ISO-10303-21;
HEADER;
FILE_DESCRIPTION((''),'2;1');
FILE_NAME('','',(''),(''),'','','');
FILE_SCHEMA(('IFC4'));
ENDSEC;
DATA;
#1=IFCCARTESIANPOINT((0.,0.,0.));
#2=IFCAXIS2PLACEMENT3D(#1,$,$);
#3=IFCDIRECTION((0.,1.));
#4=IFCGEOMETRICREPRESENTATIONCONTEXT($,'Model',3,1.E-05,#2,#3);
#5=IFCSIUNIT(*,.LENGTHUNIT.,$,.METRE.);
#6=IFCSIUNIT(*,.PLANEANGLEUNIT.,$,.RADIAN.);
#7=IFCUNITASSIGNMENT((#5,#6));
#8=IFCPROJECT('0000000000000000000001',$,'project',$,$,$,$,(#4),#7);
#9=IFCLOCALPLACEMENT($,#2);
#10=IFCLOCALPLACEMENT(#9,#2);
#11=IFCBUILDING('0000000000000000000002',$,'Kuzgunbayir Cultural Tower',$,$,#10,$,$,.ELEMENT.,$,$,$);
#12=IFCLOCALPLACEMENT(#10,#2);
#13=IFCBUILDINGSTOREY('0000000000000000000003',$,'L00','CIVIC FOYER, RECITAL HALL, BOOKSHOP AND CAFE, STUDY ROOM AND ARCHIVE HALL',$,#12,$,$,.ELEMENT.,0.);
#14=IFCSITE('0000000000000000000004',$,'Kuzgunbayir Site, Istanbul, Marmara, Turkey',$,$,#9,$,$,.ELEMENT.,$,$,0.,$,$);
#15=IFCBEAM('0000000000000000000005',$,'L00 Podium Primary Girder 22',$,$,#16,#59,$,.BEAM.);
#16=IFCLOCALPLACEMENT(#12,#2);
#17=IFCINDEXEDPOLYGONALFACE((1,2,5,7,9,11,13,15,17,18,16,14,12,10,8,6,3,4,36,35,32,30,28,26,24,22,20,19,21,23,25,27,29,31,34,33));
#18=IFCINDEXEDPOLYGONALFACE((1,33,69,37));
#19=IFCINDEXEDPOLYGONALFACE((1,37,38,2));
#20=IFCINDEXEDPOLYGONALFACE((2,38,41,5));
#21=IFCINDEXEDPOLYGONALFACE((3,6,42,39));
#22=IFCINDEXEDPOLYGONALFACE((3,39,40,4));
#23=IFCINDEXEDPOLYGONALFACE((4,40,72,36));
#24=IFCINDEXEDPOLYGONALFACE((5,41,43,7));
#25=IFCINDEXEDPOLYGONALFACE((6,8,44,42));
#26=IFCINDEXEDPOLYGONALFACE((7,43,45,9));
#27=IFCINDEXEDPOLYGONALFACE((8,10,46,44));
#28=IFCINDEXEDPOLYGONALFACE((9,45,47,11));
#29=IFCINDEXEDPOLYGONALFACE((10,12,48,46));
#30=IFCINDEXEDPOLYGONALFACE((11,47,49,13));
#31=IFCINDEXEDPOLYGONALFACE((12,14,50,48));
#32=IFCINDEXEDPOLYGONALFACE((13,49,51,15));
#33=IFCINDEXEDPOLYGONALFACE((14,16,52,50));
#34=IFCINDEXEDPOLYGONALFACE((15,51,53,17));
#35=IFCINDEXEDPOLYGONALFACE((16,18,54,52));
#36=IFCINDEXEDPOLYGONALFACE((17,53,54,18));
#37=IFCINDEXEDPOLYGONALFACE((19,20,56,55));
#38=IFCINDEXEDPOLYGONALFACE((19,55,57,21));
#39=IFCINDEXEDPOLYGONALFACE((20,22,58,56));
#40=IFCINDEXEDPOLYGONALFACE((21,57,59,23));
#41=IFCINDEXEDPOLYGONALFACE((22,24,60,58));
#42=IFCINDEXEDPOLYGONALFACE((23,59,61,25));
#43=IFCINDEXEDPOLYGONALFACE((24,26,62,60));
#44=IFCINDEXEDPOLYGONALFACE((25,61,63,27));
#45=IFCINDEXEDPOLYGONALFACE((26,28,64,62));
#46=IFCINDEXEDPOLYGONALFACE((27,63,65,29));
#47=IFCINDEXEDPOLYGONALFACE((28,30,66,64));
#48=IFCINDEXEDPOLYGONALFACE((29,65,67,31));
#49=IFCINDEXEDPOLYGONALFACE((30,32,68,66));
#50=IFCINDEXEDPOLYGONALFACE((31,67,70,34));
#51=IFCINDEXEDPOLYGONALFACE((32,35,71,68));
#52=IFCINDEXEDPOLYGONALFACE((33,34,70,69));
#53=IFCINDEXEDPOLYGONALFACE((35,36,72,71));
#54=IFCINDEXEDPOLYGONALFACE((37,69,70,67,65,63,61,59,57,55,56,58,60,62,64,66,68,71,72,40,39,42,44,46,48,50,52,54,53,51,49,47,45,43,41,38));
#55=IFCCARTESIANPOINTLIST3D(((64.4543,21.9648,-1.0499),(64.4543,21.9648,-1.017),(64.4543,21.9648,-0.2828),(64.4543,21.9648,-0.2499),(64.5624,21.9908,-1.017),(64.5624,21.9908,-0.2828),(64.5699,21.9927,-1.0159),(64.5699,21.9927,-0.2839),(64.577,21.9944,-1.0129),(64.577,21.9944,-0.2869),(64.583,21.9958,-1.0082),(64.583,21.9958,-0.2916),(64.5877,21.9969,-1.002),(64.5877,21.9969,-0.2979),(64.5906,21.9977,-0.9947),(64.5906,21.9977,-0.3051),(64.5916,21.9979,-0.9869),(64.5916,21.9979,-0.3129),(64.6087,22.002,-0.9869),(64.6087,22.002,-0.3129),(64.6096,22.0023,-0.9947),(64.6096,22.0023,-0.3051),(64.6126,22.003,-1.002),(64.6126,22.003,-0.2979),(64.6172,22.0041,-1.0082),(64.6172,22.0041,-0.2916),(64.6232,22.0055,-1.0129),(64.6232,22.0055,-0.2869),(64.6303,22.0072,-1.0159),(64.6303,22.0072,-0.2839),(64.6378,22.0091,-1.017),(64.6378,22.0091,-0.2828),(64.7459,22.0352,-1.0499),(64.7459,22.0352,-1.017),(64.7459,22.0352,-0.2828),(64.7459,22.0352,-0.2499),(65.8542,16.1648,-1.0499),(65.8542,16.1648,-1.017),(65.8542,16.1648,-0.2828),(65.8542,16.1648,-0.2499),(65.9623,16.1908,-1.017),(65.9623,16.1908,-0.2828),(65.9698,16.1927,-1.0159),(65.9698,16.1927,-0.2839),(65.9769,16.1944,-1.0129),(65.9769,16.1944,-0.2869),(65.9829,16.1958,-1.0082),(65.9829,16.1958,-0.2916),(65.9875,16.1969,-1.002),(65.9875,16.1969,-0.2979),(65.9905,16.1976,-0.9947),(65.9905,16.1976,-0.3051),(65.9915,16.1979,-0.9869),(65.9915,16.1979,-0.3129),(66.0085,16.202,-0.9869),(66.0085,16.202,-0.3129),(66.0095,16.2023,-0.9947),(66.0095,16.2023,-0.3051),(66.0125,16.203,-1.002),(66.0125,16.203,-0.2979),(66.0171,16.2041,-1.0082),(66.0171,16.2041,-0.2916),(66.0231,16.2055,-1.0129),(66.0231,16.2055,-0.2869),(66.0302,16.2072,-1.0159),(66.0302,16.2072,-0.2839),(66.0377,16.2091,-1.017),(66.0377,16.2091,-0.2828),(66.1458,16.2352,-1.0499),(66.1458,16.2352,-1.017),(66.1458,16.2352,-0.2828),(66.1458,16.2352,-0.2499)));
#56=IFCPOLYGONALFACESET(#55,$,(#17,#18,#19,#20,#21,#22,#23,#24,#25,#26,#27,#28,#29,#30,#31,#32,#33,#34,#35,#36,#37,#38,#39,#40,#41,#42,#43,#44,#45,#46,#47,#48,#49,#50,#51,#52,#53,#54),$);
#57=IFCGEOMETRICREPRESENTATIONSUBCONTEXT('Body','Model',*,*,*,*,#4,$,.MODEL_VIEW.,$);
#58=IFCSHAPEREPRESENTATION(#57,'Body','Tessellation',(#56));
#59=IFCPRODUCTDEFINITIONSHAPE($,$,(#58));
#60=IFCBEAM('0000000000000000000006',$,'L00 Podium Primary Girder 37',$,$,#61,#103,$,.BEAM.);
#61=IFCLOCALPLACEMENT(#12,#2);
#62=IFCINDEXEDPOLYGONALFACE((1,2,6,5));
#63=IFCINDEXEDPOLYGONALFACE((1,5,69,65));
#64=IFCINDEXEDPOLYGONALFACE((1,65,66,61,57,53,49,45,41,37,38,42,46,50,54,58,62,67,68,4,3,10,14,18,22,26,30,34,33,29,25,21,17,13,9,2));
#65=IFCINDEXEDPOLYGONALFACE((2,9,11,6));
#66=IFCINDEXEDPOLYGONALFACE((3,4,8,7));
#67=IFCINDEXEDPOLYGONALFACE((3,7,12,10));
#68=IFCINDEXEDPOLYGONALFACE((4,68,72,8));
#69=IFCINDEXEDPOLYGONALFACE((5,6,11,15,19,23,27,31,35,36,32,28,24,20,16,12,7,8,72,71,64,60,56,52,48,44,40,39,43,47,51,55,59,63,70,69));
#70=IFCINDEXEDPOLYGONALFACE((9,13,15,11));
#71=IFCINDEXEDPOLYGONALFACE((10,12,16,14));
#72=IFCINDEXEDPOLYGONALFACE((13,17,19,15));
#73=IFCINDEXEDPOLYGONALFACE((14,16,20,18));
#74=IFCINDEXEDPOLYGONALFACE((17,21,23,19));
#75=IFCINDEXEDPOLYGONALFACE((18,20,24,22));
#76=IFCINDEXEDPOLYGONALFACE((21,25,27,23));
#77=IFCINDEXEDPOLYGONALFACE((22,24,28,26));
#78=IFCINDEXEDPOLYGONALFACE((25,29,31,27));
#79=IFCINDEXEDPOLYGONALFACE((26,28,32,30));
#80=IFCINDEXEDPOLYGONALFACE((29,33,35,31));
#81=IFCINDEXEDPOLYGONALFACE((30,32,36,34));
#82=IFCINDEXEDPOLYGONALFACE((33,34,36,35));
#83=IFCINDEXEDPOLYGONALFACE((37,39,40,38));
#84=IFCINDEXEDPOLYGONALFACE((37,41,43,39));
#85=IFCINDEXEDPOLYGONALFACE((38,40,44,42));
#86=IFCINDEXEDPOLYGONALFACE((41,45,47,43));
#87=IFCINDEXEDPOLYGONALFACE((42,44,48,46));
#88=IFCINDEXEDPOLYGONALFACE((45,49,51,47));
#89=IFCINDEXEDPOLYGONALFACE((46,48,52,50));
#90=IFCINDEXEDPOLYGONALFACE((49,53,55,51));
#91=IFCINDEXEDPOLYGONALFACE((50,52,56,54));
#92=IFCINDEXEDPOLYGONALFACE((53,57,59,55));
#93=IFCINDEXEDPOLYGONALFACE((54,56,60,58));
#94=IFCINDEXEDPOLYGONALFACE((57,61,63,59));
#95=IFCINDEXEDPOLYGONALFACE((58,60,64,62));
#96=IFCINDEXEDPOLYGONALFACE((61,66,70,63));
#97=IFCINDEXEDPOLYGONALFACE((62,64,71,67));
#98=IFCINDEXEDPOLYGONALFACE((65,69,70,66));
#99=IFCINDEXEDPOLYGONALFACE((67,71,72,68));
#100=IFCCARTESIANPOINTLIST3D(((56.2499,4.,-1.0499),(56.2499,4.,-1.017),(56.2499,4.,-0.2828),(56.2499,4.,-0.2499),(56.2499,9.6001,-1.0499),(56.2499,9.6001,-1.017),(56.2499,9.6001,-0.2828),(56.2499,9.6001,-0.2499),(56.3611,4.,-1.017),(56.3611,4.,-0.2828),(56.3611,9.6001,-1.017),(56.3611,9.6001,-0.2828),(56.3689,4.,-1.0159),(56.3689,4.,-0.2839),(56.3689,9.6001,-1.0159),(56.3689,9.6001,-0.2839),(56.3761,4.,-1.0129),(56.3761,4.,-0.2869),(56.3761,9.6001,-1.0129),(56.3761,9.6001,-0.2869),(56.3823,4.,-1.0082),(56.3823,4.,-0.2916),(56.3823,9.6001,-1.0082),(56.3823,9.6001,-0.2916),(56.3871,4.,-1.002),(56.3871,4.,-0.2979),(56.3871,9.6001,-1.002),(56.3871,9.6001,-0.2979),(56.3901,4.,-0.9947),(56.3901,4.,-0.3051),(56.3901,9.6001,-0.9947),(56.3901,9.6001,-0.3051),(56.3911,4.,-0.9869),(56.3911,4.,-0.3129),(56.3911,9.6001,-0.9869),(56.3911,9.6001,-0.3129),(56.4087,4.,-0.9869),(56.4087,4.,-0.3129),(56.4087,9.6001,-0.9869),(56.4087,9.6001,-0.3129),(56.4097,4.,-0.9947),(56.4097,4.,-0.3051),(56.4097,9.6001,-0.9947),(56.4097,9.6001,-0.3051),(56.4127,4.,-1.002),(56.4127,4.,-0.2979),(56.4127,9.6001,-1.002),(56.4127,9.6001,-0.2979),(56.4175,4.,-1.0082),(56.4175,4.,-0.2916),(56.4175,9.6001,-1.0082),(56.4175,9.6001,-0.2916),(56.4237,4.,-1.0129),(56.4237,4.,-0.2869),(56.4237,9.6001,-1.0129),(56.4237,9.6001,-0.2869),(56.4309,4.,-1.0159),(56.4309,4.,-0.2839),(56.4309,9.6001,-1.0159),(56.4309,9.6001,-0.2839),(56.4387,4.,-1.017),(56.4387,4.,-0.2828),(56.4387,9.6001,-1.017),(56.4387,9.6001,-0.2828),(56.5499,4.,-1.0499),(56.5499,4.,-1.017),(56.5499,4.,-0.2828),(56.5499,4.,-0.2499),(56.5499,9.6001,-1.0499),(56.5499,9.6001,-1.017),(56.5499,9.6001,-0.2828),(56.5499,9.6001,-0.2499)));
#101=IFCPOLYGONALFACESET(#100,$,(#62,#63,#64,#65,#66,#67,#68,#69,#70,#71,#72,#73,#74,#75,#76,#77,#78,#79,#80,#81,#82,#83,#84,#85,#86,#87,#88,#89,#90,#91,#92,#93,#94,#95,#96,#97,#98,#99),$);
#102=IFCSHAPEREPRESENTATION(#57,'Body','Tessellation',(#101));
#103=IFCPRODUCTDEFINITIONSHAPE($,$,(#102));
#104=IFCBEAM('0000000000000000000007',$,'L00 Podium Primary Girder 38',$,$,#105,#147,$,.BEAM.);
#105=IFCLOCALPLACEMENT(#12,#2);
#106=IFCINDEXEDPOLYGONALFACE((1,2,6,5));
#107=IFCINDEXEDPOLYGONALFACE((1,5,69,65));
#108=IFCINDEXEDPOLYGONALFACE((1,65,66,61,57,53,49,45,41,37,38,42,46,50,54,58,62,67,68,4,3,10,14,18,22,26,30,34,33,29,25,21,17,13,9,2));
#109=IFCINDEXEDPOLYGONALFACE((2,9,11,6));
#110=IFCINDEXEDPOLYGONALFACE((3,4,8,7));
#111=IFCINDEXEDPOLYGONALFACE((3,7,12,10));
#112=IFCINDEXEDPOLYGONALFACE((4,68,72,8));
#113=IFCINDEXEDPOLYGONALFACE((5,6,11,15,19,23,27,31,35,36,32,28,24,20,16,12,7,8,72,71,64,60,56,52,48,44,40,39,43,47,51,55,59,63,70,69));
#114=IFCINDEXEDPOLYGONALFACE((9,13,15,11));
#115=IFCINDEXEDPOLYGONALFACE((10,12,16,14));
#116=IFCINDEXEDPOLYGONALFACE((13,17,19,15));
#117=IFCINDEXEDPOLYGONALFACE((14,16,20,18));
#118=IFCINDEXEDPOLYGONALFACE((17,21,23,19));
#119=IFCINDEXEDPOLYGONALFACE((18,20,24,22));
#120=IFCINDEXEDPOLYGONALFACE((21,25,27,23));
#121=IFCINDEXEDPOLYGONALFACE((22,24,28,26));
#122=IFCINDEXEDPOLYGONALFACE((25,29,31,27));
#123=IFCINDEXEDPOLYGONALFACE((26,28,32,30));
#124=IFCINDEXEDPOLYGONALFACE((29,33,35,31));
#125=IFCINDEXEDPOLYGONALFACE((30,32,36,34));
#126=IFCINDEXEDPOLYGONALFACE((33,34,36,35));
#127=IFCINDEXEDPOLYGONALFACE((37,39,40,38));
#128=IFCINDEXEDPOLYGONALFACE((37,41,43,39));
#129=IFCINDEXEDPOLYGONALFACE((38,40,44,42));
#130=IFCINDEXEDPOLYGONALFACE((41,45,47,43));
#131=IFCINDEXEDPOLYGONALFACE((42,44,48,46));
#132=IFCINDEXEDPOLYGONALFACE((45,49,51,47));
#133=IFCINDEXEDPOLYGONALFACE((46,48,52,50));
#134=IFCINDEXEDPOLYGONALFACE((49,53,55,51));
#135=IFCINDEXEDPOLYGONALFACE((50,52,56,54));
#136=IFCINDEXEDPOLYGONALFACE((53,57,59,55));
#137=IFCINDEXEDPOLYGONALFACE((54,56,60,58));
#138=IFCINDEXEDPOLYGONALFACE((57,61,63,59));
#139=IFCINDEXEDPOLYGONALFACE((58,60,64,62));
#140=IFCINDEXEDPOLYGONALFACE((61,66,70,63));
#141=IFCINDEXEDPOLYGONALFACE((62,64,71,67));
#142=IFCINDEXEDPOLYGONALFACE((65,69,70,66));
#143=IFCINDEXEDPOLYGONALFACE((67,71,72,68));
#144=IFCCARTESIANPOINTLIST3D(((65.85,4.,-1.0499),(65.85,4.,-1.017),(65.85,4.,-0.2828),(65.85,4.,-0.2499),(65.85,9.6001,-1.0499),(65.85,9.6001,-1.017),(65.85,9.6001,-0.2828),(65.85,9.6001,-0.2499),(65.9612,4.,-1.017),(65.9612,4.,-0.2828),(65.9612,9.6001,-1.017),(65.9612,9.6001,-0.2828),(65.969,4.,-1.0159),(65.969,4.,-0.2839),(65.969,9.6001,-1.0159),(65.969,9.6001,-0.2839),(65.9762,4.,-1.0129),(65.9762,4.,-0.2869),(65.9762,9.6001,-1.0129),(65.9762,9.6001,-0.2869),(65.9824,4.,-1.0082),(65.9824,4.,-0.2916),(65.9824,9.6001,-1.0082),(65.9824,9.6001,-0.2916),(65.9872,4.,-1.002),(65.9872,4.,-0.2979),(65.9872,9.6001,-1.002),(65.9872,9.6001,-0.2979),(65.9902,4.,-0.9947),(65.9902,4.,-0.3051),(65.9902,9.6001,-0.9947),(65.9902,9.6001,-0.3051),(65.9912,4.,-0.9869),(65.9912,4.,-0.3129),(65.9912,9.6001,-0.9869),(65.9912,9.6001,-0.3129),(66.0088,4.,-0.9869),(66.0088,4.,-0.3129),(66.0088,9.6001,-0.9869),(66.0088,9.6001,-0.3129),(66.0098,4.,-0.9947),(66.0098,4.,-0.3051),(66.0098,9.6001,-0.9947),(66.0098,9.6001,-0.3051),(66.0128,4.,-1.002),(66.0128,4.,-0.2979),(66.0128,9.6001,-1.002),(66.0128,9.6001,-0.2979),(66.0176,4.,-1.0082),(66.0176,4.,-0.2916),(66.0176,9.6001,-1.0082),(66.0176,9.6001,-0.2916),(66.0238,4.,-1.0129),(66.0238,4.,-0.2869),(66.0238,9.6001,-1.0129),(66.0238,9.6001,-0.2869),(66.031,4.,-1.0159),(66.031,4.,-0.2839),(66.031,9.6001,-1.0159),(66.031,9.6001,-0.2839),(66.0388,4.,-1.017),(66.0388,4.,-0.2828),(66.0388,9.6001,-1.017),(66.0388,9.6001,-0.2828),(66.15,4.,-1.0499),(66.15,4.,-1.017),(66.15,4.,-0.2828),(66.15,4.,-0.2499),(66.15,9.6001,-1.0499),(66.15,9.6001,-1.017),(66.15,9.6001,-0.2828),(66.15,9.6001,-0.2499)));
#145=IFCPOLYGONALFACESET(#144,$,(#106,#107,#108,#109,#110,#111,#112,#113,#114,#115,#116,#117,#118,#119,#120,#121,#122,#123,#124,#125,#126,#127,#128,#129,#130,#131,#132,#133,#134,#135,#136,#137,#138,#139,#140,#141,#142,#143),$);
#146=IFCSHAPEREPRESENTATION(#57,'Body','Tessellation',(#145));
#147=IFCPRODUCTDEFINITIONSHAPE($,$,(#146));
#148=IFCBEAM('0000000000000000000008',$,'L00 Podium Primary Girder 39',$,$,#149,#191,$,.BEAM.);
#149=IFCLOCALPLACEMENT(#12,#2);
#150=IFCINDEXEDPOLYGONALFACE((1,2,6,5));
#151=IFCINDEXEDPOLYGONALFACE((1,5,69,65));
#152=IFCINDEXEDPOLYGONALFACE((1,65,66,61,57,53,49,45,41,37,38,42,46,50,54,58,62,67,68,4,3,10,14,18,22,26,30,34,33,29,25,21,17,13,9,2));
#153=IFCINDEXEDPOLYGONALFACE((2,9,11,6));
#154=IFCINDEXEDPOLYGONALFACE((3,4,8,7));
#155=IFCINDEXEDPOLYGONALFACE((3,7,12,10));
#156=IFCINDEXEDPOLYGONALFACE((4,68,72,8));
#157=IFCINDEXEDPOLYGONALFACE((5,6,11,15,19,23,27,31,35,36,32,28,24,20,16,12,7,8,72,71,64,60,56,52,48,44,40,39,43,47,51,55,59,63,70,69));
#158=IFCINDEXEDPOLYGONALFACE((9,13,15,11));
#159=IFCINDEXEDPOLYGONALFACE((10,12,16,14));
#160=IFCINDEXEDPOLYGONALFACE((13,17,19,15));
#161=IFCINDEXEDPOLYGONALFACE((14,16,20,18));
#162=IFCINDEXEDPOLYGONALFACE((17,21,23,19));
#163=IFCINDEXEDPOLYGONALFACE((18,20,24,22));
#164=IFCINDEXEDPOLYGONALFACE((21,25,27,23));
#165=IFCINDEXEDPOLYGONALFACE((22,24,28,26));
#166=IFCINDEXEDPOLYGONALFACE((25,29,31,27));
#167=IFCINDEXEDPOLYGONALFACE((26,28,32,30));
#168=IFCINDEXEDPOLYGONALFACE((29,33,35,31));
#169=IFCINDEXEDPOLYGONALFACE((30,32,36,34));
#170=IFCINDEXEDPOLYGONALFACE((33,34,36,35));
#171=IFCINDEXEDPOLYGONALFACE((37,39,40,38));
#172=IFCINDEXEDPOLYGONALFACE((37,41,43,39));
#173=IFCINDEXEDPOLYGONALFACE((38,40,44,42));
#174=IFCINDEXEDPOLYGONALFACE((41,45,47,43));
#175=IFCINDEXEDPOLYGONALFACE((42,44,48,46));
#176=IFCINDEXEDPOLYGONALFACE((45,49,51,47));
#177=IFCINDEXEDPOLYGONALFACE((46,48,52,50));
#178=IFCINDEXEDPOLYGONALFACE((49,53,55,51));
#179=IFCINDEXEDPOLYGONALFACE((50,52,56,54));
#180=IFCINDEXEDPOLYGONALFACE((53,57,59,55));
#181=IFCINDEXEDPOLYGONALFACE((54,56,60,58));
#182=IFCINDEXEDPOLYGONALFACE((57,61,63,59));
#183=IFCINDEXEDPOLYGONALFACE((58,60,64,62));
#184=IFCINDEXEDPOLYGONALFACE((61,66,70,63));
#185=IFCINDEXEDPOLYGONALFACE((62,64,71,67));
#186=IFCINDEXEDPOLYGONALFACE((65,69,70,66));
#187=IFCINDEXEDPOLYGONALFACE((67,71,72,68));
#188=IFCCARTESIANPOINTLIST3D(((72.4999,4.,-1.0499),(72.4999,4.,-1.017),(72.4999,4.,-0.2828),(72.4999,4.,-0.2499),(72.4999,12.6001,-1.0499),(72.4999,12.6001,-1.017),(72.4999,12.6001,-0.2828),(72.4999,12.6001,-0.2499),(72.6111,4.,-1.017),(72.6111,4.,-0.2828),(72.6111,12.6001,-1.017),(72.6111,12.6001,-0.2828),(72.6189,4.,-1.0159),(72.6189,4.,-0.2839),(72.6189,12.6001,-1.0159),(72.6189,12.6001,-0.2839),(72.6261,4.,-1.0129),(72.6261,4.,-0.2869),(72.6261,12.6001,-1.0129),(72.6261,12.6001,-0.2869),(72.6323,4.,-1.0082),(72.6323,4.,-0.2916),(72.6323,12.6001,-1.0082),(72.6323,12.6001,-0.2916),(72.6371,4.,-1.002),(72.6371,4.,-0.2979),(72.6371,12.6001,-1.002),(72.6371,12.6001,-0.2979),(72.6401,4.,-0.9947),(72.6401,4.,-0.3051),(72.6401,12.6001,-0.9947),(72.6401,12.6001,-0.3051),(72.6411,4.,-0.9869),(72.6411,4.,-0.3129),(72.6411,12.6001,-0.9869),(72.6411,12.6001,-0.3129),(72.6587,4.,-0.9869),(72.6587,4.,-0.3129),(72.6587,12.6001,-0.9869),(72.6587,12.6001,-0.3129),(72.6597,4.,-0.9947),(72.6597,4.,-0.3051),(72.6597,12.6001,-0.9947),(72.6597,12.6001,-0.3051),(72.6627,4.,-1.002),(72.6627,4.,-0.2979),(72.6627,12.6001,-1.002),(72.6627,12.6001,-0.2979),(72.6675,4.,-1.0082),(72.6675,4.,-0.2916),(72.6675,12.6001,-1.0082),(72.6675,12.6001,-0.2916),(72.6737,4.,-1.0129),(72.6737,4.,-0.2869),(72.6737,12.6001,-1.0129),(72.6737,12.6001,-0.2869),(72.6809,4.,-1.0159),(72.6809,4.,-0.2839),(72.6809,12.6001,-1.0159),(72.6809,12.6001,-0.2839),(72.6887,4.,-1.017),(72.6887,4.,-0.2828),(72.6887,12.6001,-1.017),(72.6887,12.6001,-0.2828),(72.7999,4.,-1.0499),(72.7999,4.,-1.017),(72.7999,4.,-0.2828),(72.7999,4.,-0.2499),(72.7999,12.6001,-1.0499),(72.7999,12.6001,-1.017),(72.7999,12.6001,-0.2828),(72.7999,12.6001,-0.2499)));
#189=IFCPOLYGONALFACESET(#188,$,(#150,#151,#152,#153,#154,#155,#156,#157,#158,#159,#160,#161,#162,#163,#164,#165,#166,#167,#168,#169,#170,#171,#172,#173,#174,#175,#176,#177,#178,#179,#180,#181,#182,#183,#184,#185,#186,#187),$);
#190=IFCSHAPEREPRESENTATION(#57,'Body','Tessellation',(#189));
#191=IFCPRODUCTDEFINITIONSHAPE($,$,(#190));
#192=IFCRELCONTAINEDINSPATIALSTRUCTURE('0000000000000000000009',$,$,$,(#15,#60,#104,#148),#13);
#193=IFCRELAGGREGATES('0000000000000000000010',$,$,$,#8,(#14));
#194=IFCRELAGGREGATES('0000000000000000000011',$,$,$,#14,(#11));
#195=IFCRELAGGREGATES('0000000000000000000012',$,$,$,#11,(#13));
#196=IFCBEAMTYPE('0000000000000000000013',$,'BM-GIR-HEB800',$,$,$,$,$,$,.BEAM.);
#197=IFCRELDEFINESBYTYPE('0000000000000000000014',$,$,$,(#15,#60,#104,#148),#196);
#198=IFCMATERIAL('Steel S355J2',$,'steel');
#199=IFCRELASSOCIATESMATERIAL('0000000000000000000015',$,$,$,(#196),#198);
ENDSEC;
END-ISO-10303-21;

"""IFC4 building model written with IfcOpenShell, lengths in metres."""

from ifc_helpers import new_model, si_unit, direction, frame, origin, origin_2d, place, context, subcontext, project, spatial, i_section, extrude, material, material_profile, profile_set, type_object, element, save


model = new_model("IFC4")

# Units and contexts
model_context = context("Model", 3, precision=1e-05, world=origin(), true_north=direction((0.0, 1.0)))
body_context = subcontext(model_context, "Body", "Model", "MODEL_VIEW")
ifc_project = project(units=[si_unit("LENGTHUNIT", "METRE"), si_unit("PLANEANGLEUNIT", "RADIAN")], contexts=[model_context])

# Site, building, storey
site_placement = place(None, origin())
site = spatial("IfcSite", under=ifc_project, at=site_placement, Name="Kuzgunbayir Site, Istanbul, Marmara, Turkey", CompositionType="ELEMENT", RefElevation=0.0)
building_placement = place(site_placement, origin())
building = spatial("IfcBuilding", under=site, at=building_placement, Name="Kuzgunbayir Cultural Tower", CompositionType="ELEMENT")
storey_placement = place(building_placement, origin())
storey = spatial("IfcBuildingStorey", under=building, at=storey_placement, Name="L00", Description="CIVIC FOYER, RECITAL HALL, BOOKSHOP AND CAFE, STUDY ROOM AND ARCHIVE HALL", CompositionType="ELEMENT", Elevation=0.0)

# Beams
ifc_material_1 = material(Name="Steel S355J2", Category="steel")
ifc_material_profile_1 = material_profile(ifc_material_1, i_section(OverallWidth=0.3, OverallDepth=0.8, WebThickness=0.0176, FlangeThickness=0.033, FilletRadius=0.03, at=origin_2d()), Name="HEB 800")
ifc_profile_set_1 = profile_set([ifc_material_profile_1], Name="Steel S355J2")
beam_type_1 = type_object("IfcBeamType", Name="BM-GIR-HEB800", PredefinedType="BEAM", material=ifc_profile_set_1)
beam_1_placement = place(storey_placement, frame((66.0, 16.2, -0.6499), z_axis=(-0.234623, 0.972086, 0.0), x_axis=(-0.972086, -0.234623, 0.0)))
element("IfcBeam", 1, at=beam_1_placement, inside=storey, type_object=beam_type_1, Name="L00 Podium Primary Girder 22", PredefinedType="BEAM", context=body_context, shape_type="SweptSolid", body=[
    extrude(i_section(OverallWidth=0.3, OverallDepth=0.8, WebThickness=0.0176, FlangeThickness=0.033, FilletRadius=0.03, at=origin_2d()), origin(), (0.0, 0.0, 1.0), 5.9666),
])
for number, where, z_axis, x_axis, name in (
    (2, (56.3999, 4.0, -0.6499), (0.0, 1.0, 0.0), (-1.0, 0.0, 0.0), "L00 Podium Primary Girder 37"),
    (3, (66.0, 4.0, -0.6499), (0.0, 1.0, 0.0), (-1.0, 0.0, 0.0), "L00 Podium Primary Girder 38"),
):
    element("IfcBeam", number, at=place(storey_placement, frame(where, z_axis=z_axis, x_axis=x_axis)), inside=storey, type_object=beam_type_1, Name=name, PredefinedType="BEAM", context=body_context, shape_type="SweptSolid", body=[
        extrude(i_section(OverallWidth=0.3, OverallDepth=0.8, WebThickness=0.0176, FlangeThickness=0.033, FilletRadius=0.03, at=origin_2d()), origin(), (0.0, 0.0, 1.0), 5.6001),
    ])
beam_2_placement = place(storey_placement, frame((72.6499, 4.0, -0.6499), z_axis=(0.0, 1.0, 0.0), x_axis=(-1.0, 0.0, 0.0)))
element("IfcBeam", 4, at=beam_2_placement, inside=storey, type_object=beam_type_1, Name="L00 Podium Primary Girder 39", PredefinedType="BEAM", context=body_context, shape_type="SweptSolid", body=[
    extrude(i_section(OverallWidth=0.3, OverallDepth=0.8, WebThickness=0.0176, FlangeThickness=0.033, FilletRadius=0.03, at=origin_2d()), origin(), (0.0, 0.0, 1.0), 8.6001),
])

save(model, "model.ifc")
